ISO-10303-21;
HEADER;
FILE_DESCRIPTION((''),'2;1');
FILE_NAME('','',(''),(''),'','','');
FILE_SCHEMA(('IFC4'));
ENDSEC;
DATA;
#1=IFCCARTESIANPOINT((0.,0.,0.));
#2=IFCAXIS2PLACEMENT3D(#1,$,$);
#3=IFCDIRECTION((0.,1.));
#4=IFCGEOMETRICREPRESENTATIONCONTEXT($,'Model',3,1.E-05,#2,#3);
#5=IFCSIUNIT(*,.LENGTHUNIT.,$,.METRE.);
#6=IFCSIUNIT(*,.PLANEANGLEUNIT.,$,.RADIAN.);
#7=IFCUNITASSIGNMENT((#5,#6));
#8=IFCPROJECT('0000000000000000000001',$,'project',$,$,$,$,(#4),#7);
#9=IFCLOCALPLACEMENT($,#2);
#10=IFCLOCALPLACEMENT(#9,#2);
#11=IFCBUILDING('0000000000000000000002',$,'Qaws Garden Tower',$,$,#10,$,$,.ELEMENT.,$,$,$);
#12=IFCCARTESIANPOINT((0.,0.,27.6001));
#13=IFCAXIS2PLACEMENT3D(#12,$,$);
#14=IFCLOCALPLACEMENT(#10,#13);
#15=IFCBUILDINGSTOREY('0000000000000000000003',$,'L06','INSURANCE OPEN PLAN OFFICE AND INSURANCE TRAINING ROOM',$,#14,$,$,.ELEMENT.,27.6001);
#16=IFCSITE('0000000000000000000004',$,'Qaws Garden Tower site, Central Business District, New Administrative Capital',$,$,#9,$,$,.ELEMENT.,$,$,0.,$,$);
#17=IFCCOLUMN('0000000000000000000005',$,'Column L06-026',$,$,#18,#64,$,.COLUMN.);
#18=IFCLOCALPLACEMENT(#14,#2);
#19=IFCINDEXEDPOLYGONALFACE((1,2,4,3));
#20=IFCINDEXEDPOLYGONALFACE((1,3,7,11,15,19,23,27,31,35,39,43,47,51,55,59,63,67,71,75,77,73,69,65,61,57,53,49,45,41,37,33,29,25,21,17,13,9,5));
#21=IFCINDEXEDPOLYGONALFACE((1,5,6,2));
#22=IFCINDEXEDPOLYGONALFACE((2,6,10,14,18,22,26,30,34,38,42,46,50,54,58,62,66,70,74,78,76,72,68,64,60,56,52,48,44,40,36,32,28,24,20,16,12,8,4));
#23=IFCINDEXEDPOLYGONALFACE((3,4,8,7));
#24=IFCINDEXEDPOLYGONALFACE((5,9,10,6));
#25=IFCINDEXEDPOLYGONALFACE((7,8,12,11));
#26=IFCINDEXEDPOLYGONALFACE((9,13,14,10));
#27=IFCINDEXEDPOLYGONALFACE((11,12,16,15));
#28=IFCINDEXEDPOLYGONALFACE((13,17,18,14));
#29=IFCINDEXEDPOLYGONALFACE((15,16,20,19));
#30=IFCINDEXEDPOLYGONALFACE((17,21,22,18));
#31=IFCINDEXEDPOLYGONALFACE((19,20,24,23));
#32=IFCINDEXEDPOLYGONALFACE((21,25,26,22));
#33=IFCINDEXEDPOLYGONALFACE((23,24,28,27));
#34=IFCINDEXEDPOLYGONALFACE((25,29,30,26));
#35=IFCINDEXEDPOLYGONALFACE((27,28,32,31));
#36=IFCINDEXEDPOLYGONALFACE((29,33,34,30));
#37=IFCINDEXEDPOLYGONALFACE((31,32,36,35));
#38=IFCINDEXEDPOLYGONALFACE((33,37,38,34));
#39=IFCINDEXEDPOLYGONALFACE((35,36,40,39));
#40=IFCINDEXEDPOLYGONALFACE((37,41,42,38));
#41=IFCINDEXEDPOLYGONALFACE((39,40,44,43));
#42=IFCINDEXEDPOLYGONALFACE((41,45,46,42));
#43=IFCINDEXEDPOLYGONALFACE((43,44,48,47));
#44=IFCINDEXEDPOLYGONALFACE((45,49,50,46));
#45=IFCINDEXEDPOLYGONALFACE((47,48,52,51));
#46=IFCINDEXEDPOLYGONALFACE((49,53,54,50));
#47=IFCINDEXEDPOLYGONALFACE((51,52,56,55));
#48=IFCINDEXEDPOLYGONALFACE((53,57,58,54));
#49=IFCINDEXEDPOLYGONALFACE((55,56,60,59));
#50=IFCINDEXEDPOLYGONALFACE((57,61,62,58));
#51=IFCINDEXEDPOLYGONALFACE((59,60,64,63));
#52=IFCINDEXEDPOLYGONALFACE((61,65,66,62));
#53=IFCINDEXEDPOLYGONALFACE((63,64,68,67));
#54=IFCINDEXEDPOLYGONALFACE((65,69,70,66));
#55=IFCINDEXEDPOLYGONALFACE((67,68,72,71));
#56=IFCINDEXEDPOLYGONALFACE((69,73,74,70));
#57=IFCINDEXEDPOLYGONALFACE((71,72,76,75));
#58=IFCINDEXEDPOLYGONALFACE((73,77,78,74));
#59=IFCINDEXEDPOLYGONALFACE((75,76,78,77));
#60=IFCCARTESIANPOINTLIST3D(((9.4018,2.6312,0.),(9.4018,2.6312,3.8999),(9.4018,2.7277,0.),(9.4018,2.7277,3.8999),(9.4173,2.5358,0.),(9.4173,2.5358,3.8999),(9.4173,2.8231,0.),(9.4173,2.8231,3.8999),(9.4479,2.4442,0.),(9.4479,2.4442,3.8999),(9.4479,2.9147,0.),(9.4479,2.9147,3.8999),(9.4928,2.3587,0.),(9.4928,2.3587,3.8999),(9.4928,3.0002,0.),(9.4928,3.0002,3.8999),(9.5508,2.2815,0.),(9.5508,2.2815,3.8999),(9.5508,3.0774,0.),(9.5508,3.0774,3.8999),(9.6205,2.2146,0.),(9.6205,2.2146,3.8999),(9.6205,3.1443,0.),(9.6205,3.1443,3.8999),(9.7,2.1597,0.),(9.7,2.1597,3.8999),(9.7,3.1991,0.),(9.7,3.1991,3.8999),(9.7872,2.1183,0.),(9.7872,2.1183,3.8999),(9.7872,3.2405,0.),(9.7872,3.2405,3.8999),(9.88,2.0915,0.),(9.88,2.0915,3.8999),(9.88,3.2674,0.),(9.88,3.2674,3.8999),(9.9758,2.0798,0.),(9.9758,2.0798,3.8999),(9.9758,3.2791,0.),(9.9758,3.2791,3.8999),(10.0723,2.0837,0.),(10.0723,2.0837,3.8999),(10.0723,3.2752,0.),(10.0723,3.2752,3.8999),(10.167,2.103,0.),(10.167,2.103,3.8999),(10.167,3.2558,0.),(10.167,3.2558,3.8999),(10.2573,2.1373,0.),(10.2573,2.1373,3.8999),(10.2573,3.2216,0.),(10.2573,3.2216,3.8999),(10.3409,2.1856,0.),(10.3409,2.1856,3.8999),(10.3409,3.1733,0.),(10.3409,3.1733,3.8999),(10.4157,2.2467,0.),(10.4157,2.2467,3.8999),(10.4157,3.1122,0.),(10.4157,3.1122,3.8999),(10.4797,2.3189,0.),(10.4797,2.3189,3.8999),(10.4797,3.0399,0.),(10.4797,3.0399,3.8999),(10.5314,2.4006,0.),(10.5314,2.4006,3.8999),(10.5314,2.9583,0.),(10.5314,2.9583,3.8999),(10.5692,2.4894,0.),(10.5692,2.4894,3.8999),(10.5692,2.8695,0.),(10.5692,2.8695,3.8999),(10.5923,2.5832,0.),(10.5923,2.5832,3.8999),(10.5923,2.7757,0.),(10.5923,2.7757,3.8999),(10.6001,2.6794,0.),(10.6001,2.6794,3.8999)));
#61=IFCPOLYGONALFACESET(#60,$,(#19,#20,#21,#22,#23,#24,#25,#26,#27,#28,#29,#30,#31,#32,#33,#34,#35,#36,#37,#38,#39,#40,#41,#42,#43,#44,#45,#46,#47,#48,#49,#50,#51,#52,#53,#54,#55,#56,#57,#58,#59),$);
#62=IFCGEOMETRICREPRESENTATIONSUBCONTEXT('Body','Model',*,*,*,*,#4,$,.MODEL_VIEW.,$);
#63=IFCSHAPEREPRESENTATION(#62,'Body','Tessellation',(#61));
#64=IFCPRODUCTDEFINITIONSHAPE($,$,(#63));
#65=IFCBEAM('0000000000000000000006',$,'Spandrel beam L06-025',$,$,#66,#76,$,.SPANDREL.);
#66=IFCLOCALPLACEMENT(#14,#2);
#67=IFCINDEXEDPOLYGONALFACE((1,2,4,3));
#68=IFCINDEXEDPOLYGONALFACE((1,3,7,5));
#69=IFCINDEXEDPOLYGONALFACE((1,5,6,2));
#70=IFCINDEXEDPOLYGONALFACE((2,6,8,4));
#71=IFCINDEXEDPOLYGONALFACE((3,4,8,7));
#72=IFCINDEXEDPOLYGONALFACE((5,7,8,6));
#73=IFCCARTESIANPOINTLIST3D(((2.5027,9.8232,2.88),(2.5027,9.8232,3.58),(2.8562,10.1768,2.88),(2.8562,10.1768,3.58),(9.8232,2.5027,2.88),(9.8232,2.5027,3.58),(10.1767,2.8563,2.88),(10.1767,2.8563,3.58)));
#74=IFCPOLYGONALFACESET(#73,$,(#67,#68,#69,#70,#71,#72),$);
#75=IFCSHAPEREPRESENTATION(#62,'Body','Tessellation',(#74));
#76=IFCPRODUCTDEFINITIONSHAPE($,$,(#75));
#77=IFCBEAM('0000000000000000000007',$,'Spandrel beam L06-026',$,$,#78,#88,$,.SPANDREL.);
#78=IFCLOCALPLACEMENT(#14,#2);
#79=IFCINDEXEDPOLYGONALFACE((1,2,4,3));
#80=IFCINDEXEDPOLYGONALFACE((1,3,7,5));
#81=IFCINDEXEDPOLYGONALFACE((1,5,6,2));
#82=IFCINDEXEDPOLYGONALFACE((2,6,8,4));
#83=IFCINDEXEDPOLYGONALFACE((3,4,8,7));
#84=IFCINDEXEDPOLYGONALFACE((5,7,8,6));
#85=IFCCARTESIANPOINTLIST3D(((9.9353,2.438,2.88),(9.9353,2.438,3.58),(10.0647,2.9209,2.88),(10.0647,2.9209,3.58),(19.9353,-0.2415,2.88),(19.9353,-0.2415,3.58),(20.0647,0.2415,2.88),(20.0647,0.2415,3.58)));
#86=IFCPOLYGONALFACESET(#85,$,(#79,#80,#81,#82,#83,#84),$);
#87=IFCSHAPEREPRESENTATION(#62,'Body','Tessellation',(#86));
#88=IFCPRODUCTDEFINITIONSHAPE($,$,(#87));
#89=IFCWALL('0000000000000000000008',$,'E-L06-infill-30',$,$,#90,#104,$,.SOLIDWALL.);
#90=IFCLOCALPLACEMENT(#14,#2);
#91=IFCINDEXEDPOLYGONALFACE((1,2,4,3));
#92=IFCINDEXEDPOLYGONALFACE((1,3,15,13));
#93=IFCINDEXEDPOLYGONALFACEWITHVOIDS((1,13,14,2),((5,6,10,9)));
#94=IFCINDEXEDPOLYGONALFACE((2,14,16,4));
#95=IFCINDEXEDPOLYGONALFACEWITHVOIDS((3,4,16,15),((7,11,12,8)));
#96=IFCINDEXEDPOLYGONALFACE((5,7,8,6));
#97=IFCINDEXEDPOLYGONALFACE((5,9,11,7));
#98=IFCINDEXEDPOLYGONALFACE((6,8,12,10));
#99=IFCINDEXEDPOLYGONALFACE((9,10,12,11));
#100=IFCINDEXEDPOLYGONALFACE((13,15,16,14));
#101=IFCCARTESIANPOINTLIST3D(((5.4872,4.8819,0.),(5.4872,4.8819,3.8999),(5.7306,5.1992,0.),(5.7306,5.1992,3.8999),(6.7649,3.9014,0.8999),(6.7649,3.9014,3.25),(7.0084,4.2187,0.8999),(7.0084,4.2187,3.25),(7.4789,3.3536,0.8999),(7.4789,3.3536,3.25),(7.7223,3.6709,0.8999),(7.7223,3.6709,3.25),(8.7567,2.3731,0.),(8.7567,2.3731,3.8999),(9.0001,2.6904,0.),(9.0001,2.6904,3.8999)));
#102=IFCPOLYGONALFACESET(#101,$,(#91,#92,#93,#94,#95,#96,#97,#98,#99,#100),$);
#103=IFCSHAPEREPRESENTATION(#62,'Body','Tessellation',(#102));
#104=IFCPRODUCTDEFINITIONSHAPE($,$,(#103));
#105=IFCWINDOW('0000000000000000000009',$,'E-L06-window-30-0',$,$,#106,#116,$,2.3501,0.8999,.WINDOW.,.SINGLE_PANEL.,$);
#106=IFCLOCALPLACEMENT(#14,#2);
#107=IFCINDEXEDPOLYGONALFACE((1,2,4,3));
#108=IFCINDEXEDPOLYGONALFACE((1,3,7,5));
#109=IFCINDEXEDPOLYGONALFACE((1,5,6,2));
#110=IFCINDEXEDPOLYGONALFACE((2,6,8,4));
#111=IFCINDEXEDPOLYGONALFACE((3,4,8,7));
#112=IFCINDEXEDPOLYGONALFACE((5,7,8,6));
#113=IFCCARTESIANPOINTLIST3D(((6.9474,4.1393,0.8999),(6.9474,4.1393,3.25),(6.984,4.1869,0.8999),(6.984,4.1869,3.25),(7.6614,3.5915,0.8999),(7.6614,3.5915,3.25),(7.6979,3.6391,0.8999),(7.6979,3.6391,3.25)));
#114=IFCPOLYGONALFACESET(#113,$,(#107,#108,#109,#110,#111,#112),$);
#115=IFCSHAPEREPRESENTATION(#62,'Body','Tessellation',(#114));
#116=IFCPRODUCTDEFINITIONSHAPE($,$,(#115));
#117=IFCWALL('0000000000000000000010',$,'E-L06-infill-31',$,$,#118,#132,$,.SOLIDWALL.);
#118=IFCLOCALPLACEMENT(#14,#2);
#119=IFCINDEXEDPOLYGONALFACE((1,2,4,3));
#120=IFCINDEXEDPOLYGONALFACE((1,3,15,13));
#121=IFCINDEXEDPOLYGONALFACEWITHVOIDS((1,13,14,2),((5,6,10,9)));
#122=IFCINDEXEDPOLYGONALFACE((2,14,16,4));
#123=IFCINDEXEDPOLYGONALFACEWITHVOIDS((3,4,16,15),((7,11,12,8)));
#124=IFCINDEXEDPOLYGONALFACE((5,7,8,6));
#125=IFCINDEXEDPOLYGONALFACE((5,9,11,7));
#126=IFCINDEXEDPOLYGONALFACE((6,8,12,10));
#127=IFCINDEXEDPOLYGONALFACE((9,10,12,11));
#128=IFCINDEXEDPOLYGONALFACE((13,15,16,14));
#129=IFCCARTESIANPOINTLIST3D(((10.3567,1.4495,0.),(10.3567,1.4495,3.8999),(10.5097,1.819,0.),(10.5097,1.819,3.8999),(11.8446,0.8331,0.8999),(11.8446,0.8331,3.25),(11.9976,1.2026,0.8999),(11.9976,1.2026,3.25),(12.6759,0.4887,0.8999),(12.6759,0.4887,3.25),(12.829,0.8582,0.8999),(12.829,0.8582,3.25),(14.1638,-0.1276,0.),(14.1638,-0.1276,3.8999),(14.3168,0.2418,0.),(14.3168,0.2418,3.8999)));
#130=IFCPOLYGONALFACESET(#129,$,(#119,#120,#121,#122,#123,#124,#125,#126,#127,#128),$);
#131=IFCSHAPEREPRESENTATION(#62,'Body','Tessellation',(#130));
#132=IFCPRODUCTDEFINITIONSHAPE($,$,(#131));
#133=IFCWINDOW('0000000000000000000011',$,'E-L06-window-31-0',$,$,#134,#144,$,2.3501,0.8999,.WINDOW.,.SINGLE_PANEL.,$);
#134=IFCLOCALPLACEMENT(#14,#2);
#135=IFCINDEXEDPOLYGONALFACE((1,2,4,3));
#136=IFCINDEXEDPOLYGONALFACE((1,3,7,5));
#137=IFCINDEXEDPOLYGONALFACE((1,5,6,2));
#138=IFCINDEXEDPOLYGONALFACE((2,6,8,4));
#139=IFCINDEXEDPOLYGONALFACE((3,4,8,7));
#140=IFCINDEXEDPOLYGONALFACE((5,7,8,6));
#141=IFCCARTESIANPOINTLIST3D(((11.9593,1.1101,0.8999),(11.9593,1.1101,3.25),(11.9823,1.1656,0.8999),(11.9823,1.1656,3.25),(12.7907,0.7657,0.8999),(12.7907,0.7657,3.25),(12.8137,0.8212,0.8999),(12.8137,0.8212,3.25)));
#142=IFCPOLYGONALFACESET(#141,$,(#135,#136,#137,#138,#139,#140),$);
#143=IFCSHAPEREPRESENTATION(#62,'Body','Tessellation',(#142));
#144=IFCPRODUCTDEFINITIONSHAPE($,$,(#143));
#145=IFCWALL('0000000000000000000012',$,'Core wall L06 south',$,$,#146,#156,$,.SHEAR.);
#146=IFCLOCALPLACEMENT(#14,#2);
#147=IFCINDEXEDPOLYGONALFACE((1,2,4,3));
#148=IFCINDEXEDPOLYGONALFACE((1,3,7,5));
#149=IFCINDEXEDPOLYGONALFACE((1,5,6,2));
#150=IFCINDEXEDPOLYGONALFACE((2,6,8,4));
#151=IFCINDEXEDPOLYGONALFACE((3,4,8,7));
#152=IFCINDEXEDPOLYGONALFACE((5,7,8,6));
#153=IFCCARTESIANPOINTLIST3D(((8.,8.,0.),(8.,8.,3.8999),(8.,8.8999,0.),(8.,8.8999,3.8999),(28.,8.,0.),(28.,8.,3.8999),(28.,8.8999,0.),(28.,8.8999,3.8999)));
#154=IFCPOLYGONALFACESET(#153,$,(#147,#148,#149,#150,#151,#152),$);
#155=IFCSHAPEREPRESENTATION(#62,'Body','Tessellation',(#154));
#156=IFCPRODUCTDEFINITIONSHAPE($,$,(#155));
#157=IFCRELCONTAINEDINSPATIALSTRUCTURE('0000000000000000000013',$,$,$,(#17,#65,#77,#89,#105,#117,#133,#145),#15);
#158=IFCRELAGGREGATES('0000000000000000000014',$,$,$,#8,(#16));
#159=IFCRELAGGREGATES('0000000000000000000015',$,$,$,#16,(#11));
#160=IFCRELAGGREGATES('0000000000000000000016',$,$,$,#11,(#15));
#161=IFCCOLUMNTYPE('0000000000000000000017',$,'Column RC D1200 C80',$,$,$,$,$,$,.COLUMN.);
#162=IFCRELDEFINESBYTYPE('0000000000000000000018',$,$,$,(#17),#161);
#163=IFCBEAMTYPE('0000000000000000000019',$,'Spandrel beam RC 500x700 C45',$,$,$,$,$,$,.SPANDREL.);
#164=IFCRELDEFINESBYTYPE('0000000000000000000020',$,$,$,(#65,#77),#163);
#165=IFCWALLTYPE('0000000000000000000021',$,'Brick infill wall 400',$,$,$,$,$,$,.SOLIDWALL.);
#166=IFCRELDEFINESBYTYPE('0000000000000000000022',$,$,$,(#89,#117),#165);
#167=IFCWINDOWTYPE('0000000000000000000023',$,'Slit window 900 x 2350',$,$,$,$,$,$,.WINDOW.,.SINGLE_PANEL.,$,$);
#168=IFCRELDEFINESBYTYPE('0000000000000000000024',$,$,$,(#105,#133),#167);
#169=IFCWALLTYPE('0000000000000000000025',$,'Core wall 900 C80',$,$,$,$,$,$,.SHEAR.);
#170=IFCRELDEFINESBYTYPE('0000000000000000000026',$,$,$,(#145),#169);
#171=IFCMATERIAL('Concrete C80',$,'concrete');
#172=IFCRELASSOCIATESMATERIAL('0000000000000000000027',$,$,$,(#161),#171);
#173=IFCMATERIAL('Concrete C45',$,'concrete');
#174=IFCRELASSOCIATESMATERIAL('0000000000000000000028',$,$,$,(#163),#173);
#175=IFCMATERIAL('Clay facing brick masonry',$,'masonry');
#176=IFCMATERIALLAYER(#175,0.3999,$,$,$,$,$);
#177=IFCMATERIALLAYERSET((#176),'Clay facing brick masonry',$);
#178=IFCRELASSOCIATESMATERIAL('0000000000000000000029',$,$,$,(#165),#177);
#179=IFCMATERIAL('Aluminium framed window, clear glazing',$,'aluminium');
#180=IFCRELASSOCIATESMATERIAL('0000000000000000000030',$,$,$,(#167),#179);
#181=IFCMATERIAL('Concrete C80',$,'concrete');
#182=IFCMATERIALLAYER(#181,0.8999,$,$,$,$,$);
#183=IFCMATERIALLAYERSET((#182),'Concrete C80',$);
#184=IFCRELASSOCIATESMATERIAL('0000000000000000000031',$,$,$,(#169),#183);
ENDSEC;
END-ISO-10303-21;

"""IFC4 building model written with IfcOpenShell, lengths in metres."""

from ifc_helpers import new_model, si_unit, direction, frame, frame_2d, origin, origin_2d, place, context, subcontext, project, spatial, rectangle, circle, extrude, material, layer, layer_set, material_profile, profile_set, type_object, element, fill, save


model = new_model("IFC4")

# Units and contexts
model_context = context("Model", 3, precision=1e-05, world=origin(), true_north=direction((0.0, 1.0)))
body_context = subcontext(model_context, "Body", "Model", "MODEL_VIEW")
ifc_project = project(units=[si_unit("LENGTHUNIT", "METRE"), si_unit("PLANEANGLEUNIT", "RADIAN")], contexts=[model_context])

# Site, building, storey
site_placement = place(None, origin())
site = spatial("IfcSite", under=ifc_project, at=site_placement, Name="Qaws Garden Tower site, Central Business District, New Administrative Capital", CompositionType="ELEMENT", RefElevation=0.0)
building_placement = place(site_placement, origin())
building = spatial("IfcBuilding", under=site, at=building_placement, Name="Qaws Garden Tower", CompositionType="ELEMENT")
storey_placement = place(building_placement, frame((0.0, 0.0, 27.6001)))
storey = spatial("IfcBuildingStorey", under=building, at=storey_placement, Name="L06", Description="INSURANCE OPEN PLAN OFFICE AND INSURANCE TRAINING ROOM", CompositionType="ELEMENT", Elevation=27.6001)

# Column
ifc_material_1 = material(Name="Concrete C80", Category="concrete")
ifc_material_profile_1 = material_profile(ifc_material_1, circle(Radius=0.6001, at=origin_2d()), Name="RC D1200")
ifc_profile_set_1 = profile_set([ifc_material_profile_1], Name="Concrete C80")
column_type = type_object("IfcColumnType", Name="Column RC D1200 C80", PredefinedType="COLUMN", material=ifc_profile_set_1)
column_placement = place(storey_placement, frame((10.0, 2.6794, 0.0), z_axis=(0.0, 0.0, 1.0), x_axis=(1.0, 0.0, 0.0)))
element("IfcColumn", 1, at=column_placement, inside=storey, type_object=column_type, Name="Column L06-026", PredefinedType="COLUMN", context=body_context, shape_type="SweptSolid", body=[
    extrude(circle(Radius=0.6001, at=origin_2d()), origin(), (0.0, 0.0, 1.0), 3.8999),
])

# Beams
ifc_material_2 = material(Name="Concrete C45", Category="concrete")
ifc_material_profile_2 = material_profile(ifc_material_2, rectangle(XDim=0.5, YDim=0.7, at=origin_2d()), Name="RC 500x700")
ifc_profile_set_2 = profile_set([ifc_material_profile_2], Name="Concrete C45")
beam_type = type_object("IfcBeamType", Name="Spandrel beam RC 500x700 C45", PredefinedType="SPANDREL", material=ifc_profile_set_2)
for number, where, z_axis, x_axis, name in (
    (2, (2.6794, 10.0, 3.23), (0.707107, -0.707107, 0.0), (0.707107, 0.707107, 0.0), "Spandrel beam L06-025"),
    (3, (10.0, 2.6794, 3.23), (0.965927, -0.258815, 0.0), (0.258815, 0.965927, 0.0), "Spandrel beam L06-026"),
):
    element("IfcBeam", number, at=place(storey_placement, frame(where, z_axis=z_axis, x_axis=x_axis)), inside=storey, type_object=beam_type, Name=name, PredefinedType="SPANDREL", context=body_context, shape_type="SweptSolid", body=[
        extrude(rectangle(XDim=0.5, YDim=0.7, at=origin_2d()), origin(), (0.0, 0.0, 1.0), 10.3528),
    ])

# Walls, openings, windows
ifc_material_3 = material(Name="Clay facing brick masonry", Category="masonry")
ifc_layer_1 = layer(ifc_material_3, 0.3999)
ifc_layer_set_1 = layer_set([ifc_layer_1], Name="Clay facing brick masonry")
wall_type_1 = type_object("IfcWallType", Name="Brick infill wall 400", PredefinedType="SOLIDWALL", material=ifc_layer_set_1)
wall_1_placement = place(storey_placement, frame((5.6089, 5.0405, 0.0), z_axis=(0.0, 0.0, 1.0), x_axis=(0.793355, -0.60876, 0.0)))
wall_1 = element("IfcWall", 4, at=wall_1_placement, inside=storey, type_object=wall_type_1, Name="E-L06-infill-30", PredefinedType="SOLIDWALL", context=body_context, shape_type="SweptSolid", body=[
    extrude(rectangle(XDim=4.1211, YDim=0.3999, at=frame_2d((2.0605, 0.0))), origin(), (0.0, 0.0, 1.0), 3.8999),
])
opening_1_placement = place(wall_1_placement, frame((1.6106, 0.0, 0.8999)))
opening_1 = element("IfcOpeningElement", 5, at=opening_1_placement, cuts=wall_1, PredefinedType="OPENING", context=body_context, shape_type="SweptSolid", body=[
    extrude(rectangle(XDim=0.8999, YDim=2.3501, at=frame_2d((0.45, 1.175))), frame((0.0, 0.21, 0.0), z_axis=(0.0, -1.0, 0.0), x_axis=(1.0, 0.0, 0.0)), (0.0, 0.0, 1.0), 0.4199),
])
ifc_material_4 = material(Name="Aluminium framed window, clear glazing", Category="aluminium")
window_type = type_object("IfcWindowType", Name="Slit window 900 x 2350", PartitioningType="SINGLE_PANEL", PredefinedType="WINDOW", material=ifc_material_4)
window_1_placement = place(opening_1_placement, origin())
window_1 = element("IfcWindow", 6, at=window_1_placement, inside=storey, type_object=window_type, Name="E-L06-window-30-0", OverallHeight=2.3501, OverallWidth=0.8999, PartitioningType="SINGLE_PANEL", PredefinedType="WINDOW", context=body_context, shape_type="SweptSolid", body=[
    extrude(rectangle(XDim=0.8999, YDim=2.3501, at=frame_2d((0.45, 1.175))), frame((0.0, 0.1599, 0.0), z_axis=(0.0, -1.0, 0.0), x_axis=(1.0, 0.0, 0.0)), (0.0, 0.0, 1.0), 0.0601),
])
fill(opening_1, window_1)
wall_2_placement = place(storey_placement, frame((10.4331, 1.6343, 0.0), z_axis=(0.0, 0.0, 1.0), x_axis=(0.923864, -0.382722, 0.0)))
wall_2 = element("IfcWall", 7, at=wall_2_placement, inside=storey, type_object=wall_type_1, Name="E-L06-infill-31", PredefinedType="SOLIDWALL", context=body_context, shape_type="SweptSolid", body=[
    extrude(rectangle(XDim=4.1208, YDim=0.3999, at=frame_2d((2.0605, 0.0))), origin(), (0.0, 0.0, 1.0), 3.8999),
])
opening_2_placement = place(wall_2_placement, frame((1.6106, 0.0, 0.8999)))
opening_2 = element("IfcOpeningElement", 8, at=opening_2_placement, cuts=wall_2, PredefinedType="OPENING", context=body_context, shape_type="SweptSolid", body=[
    extrude(rectangle(XDim=0.8999, YDim=2.3501, at=frame_2d((0.45, 1.175))), frame((0.0, 0.21, 0.0), z_axis=(0.0, -1.0, 0.0), x_axis=(1.0, 0.0, 0.0)), (0.0, 0.0, 1.0), 0.4199),
])
window_2_placement = place(opening_2_placement, origin())
window_2 = element("IfcWindow", 9, at=window_2_placement, inside=storey, type_object=window_type, Name="E-L06-window-31-0", OverallHeight=2.3501, OverallWidth=0.8999, PartitioningType="SINGLE_PANEL", PredefinedType="WINDOW", context=body_context, shape_type="SweptSolid", body=[
    extrude(rectangle(XDim=0.8999, YDim=2.3501, at=frame_2d((0.45, 1.175))), frame((0.0, 0.1599, 0.0), z_axis=(0.0, -1.0, 0.0), x_axis=(1.0, 0.0, 0.0)), (0.0, 0.0, 1.0), 0.0601),
])
fill(opening_2, window_2)

# Wall
ifc_material_5 = material(Name="Concrete C80", Category="concrete")
ifc_layer_2 = layer(ifc_material_5, 0.8999)
ifc_layer_set_2 = layer_set([ifc_layer_2], Name="Concrete C80")
wall_type_2 = type_object("IfcWallType", Name="Core wall 900 C80", PredefinedType="SHEAR", material=ifc_layer_set_2)
wall_3_placement = place(storey_placement, frame((8.0, 8.45, 0.0), z_axis=(0.0, 0.0, 1.0), x_axis=(1.0, 0.0, 0.0)))
element("IfcWall", 10, at=wall_3_placement, inside=storey, type_object=wall_type_2, Name="Core wall L06 south", PredefinedType="SHEAR", context=body_context, shape_type="SweptSolid", body=[
    extrude(rectangle(XDim=20.0, YDim=0.8999, at=frame_2d((10.0, 0.0))), origin(), (0.0, 0.0, 1.0), 3.8999),
])

save(model, "model.ifc")
